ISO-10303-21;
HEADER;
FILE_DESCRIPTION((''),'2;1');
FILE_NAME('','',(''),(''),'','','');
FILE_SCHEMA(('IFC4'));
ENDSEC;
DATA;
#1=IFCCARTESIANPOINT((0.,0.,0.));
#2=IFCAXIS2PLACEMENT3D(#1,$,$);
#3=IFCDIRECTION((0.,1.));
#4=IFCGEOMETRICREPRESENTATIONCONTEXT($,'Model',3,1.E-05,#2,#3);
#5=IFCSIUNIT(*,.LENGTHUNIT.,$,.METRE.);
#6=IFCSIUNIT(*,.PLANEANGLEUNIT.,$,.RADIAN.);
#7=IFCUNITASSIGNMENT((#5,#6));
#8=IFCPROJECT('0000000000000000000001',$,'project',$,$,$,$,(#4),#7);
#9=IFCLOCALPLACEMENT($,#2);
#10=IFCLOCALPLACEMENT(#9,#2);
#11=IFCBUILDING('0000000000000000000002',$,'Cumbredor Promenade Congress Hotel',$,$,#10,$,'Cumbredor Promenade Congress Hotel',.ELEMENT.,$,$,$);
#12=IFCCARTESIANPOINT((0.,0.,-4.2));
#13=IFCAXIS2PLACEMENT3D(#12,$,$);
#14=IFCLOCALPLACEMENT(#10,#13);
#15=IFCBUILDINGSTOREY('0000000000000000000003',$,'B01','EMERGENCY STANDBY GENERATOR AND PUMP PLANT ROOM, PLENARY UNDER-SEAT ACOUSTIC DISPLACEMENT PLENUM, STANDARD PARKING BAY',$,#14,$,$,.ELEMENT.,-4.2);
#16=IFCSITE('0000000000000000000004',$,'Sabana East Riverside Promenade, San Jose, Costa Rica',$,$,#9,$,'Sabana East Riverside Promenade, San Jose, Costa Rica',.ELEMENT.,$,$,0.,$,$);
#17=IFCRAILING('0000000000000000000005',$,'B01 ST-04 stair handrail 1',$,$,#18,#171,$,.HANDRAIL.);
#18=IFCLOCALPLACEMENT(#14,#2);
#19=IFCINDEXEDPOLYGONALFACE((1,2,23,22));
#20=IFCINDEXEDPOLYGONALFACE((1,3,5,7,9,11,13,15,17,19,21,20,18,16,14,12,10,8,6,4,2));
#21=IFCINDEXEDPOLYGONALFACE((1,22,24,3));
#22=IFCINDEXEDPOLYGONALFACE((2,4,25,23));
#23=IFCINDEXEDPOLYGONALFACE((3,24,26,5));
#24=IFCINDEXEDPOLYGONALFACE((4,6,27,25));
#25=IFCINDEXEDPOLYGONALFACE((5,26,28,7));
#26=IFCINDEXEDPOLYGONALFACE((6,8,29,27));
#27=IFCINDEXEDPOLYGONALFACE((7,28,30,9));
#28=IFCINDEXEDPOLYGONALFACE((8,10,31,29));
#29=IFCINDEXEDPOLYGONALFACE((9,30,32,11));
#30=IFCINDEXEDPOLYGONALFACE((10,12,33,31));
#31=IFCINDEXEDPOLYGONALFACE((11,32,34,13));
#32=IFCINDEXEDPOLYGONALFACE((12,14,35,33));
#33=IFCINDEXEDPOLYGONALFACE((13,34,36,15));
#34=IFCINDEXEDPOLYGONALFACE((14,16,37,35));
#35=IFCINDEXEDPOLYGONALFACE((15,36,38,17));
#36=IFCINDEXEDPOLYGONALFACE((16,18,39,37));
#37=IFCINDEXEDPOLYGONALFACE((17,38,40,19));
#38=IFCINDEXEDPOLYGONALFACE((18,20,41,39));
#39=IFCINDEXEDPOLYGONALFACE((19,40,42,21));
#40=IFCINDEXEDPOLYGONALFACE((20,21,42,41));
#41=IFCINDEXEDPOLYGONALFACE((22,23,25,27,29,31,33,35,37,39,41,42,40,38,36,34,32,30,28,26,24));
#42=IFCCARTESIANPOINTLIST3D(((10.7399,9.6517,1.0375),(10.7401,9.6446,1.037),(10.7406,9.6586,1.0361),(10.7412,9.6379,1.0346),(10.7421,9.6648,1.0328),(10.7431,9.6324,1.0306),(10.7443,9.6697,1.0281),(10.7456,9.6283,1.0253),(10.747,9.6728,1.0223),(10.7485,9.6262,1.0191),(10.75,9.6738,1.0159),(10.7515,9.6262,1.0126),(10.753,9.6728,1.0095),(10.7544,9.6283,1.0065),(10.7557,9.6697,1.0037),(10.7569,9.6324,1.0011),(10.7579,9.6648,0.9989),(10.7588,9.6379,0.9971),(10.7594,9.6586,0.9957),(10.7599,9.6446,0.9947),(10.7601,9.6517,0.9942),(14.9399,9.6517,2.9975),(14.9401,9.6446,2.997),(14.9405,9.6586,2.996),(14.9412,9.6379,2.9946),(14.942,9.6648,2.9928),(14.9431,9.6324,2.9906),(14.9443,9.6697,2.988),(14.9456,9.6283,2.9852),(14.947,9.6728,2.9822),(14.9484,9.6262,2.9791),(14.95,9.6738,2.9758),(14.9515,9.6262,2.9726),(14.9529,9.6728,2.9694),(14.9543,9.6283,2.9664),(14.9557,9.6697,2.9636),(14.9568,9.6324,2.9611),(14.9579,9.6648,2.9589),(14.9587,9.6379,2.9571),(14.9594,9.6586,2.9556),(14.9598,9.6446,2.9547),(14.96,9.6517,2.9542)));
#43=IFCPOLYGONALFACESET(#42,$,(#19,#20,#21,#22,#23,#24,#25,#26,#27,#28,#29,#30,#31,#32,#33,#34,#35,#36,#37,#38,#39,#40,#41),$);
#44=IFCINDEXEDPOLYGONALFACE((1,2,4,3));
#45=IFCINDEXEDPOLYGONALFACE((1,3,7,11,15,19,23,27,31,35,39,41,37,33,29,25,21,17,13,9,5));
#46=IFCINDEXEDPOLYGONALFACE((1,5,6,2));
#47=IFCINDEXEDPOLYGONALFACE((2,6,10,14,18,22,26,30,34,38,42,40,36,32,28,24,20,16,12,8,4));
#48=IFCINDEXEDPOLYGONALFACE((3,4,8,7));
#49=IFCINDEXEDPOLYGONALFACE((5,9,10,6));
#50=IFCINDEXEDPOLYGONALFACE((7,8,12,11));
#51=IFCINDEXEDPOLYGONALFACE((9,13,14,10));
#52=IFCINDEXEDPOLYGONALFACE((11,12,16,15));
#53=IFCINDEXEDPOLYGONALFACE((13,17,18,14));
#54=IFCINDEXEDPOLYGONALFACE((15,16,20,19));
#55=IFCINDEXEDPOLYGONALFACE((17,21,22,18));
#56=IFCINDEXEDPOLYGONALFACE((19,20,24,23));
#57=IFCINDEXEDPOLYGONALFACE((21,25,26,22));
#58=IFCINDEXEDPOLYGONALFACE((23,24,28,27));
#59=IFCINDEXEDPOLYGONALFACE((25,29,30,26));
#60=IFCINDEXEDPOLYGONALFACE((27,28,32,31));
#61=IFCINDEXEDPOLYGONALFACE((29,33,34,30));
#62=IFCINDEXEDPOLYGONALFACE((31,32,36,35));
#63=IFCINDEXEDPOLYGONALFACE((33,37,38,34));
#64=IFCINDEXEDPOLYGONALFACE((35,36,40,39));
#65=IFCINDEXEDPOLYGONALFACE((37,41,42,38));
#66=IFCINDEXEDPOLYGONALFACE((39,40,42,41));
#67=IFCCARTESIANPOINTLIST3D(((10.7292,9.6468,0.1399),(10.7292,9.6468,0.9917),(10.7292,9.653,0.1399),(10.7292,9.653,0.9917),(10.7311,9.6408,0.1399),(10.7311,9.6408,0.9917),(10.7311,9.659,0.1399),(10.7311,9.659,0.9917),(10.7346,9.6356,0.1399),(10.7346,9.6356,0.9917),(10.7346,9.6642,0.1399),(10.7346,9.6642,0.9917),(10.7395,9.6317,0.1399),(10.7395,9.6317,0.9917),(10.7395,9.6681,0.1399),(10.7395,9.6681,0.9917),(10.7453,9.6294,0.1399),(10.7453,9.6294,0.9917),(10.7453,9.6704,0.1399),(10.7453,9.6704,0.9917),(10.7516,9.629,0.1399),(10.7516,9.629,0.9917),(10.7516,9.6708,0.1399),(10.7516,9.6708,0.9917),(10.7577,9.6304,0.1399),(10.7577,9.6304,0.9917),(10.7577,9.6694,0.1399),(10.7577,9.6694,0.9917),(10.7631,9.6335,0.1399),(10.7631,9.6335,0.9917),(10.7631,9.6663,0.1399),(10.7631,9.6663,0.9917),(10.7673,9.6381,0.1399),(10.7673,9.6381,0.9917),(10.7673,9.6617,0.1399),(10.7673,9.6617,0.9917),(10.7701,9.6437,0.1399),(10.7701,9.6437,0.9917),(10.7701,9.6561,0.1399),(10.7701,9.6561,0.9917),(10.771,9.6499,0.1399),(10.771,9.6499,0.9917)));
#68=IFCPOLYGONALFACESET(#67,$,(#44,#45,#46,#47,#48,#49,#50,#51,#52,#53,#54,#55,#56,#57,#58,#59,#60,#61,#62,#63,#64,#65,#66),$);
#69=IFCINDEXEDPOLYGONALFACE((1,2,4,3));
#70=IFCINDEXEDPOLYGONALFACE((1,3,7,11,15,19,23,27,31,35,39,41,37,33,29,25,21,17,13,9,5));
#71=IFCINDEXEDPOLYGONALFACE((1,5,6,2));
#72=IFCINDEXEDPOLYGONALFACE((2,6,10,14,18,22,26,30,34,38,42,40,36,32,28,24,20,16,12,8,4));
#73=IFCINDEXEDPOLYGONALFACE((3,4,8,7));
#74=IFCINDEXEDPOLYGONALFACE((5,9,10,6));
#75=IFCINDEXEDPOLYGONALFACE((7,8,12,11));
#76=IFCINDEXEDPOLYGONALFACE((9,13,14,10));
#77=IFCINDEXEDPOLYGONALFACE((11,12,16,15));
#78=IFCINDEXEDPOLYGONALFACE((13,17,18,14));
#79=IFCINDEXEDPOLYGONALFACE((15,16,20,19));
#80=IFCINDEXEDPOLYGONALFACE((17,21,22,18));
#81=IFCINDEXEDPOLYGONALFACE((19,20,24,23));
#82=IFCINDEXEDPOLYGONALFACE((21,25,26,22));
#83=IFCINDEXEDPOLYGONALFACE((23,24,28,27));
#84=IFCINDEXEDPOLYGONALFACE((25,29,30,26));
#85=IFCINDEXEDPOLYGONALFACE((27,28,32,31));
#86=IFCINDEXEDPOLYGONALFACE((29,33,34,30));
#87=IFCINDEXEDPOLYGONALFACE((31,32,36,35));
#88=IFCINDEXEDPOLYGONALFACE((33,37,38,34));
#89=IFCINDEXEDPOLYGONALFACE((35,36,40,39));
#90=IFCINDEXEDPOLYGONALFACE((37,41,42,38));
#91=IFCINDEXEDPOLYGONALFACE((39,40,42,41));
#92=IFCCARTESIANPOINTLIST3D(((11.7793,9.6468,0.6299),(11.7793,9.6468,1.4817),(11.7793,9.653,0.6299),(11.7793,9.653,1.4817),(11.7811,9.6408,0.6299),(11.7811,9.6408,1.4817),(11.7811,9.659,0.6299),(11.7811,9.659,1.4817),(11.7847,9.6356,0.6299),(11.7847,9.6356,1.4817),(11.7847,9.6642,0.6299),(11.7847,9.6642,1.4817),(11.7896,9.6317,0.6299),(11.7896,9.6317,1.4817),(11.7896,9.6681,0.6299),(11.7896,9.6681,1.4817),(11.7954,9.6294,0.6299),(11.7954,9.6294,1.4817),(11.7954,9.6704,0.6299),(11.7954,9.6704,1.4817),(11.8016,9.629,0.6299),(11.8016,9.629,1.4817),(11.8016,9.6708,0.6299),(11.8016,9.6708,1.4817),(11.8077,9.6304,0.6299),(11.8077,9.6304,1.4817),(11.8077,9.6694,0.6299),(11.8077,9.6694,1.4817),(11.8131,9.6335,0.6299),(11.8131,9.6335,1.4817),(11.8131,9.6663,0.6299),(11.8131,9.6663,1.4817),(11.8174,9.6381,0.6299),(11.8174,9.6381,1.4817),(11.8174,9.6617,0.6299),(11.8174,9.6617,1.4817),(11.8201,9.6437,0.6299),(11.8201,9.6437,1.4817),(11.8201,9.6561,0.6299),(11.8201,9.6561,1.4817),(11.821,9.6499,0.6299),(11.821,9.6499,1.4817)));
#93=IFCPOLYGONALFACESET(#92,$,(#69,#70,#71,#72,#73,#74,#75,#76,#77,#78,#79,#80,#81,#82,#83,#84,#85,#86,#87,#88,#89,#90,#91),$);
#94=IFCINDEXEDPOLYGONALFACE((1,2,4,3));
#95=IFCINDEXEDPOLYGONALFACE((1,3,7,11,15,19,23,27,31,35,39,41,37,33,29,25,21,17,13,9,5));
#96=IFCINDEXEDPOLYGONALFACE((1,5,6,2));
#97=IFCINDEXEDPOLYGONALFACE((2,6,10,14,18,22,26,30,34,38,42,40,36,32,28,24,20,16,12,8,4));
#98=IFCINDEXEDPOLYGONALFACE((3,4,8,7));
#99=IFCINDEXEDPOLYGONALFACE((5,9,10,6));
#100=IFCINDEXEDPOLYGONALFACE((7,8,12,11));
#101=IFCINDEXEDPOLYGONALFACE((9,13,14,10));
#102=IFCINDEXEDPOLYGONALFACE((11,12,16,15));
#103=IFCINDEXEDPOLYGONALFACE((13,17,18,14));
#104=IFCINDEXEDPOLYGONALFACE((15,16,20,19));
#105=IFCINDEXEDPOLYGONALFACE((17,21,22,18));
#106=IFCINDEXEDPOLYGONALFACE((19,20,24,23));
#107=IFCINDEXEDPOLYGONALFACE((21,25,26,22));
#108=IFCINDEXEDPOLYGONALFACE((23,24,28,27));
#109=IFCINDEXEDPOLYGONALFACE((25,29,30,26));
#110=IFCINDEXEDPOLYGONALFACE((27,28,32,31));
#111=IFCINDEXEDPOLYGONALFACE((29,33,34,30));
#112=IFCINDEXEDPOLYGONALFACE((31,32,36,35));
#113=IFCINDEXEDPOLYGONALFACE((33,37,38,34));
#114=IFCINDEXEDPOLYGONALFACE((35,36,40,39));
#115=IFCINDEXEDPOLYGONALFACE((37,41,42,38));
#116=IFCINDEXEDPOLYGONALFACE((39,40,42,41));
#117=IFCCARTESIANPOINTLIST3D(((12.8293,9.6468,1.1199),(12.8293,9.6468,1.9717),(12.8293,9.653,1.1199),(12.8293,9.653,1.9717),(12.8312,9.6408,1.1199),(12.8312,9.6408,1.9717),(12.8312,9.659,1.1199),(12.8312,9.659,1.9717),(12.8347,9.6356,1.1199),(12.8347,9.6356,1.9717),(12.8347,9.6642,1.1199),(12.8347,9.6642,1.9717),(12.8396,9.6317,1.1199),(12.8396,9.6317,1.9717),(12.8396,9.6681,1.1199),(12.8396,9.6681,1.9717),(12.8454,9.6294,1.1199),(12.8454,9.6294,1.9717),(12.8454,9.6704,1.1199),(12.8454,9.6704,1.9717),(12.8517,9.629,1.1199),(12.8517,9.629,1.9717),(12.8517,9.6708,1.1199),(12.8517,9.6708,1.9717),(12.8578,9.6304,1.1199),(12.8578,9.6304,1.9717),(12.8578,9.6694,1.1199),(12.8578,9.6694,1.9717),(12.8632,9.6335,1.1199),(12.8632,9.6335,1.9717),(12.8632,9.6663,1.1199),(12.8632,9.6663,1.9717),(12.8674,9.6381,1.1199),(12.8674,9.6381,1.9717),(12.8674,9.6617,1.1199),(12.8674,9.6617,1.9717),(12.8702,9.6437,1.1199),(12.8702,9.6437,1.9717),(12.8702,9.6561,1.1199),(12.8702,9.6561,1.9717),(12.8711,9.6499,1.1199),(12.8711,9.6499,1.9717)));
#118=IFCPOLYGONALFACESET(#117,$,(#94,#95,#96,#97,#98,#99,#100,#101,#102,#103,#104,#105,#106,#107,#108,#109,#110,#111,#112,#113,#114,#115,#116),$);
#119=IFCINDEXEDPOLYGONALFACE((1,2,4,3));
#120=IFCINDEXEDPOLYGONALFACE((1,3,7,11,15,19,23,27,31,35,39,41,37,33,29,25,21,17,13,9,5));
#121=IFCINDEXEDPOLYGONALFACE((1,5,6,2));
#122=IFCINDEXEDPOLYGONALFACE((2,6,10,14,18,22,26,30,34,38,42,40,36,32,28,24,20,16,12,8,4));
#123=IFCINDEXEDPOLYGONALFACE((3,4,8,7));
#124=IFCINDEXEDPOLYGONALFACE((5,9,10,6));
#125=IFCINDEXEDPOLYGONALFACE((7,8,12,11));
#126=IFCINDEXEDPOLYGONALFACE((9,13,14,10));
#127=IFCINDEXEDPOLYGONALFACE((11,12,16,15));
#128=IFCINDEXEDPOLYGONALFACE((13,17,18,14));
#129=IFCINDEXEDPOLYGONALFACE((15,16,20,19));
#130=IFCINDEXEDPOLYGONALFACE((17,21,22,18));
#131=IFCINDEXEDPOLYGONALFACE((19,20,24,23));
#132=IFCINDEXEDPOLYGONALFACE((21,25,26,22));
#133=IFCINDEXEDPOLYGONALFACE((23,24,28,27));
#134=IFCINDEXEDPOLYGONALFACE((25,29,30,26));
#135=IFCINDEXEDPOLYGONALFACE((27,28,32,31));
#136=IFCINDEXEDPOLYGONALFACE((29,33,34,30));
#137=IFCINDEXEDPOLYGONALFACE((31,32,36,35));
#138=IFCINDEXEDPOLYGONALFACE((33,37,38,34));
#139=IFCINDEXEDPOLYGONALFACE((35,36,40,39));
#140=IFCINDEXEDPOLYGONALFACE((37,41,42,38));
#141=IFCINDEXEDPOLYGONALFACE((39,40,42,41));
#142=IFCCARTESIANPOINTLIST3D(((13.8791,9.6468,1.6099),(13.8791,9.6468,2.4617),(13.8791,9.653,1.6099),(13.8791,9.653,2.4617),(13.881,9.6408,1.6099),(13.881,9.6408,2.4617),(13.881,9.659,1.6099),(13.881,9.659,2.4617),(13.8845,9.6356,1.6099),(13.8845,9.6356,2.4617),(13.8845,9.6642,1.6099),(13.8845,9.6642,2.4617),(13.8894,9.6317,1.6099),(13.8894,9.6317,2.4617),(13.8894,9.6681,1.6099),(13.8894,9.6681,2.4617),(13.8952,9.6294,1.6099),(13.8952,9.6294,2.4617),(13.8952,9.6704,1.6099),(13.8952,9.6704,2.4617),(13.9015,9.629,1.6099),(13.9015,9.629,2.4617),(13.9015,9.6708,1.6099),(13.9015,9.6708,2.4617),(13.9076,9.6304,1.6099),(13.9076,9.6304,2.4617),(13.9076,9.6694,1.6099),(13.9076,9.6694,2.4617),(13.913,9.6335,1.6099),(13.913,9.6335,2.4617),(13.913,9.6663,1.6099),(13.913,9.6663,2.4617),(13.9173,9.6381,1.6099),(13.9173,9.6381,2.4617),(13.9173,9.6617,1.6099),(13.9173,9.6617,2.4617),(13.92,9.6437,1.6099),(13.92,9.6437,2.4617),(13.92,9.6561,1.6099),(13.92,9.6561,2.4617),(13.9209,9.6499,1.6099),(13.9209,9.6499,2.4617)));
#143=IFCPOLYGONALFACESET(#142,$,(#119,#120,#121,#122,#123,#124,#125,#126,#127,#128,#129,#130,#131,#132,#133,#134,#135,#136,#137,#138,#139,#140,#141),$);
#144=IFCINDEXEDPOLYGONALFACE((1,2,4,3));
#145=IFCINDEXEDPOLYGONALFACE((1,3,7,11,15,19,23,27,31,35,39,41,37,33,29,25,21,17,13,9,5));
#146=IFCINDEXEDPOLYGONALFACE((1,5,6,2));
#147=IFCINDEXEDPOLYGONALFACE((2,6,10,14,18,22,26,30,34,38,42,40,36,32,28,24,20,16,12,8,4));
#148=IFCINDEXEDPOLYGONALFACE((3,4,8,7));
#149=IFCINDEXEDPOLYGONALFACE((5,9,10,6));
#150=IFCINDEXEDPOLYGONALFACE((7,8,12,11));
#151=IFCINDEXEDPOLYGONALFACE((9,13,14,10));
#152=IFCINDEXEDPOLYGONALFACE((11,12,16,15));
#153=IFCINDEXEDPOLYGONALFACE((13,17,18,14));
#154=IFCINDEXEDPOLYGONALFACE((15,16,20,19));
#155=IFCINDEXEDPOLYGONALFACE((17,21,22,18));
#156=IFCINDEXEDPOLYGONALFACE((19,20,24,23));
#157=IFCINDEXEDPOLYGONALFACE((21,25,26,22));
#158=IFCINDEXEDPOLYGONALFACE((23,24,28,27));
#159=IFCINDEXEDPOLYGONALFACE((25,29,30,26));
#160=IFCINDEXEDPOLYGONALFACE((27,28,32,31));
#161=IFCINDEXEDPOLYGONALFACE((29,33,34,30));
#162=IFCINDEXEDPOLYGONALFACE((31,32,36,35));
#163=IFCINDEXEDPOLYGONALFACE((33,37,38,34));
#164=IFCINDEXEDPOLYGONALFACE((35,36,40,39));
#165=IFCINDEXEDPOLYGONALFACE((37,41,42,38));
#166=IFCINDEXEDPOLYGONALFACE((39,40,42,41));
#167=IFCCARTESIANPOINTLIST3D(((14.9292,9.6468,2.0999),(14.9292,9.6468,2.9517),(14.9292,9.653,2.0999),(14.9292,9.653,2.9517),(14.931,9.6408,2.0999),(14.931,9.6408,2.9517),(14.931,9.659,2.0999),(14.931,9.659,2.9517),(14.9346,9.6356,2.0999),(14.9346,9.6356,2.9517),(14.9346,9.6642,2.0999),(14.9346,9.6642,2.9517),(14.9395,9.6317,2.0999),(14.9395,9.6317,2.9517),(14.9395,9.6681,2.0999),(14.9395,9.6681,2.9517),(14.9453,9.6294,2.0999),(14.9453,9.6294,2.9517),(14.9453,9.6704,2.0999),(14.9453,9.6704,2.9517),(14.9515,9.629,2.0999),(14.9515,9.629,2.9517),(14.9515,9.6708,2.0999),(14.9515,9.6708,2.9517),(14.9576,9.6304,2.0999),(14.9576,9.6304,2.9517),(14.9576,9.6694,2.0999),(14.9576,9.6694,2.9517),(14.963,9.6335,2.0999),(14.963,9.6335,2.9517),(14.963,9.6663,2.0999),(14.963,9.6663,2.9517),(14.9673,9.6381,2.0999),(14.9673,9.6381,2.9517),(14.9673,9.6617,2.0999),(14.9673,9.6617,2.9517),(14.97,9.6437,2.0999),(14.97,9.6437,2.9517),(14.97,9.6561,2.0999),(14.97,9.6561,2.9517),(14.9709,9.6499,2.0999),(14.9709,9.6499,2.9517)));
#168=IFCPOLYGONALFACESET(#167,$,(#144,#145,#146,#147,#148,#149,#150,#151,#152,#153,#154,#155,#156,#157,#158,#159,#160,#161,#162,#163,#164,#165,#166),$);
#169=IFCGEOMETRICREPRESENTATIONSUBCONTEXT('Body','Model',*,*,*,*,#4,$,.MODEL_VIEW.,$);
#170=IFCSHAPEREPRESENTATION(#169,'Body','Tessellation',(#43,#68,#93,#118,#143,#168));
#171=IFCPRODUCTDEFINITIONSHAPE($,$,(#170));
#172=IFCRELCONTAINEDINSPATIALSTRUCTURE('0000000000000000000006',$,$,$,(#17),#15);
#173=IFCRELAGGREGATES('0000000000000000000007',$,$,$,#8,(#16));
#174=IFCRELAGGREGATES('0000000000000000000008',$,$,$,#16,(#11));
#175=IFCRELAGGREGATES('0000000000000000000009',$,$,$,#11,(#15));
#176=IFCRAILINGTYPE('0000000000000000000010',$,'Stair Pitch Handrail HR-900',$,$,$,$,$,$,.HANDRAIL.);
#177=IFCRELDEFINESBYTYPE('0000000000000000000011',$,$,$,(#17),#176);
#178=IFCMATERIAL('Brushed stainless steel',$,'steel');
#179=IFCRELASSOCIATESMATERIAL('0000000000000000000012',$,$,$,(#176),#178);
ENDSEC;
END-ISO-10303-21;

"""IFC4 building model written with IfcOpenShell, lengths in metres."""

from ifc_helpers import new_model, si_unit, direction, frame, origin, origin_2d, place, context, subcontext, project, spatial, circle, extrude, material, type_object, element, save


model = new_model("IFC4")

# Units and contexts
model_context = context("Model", 3, precision=1e-05, world=origin(), true_north=direction((0.0, 1.0)))
body_context = subcontext(model_context, "Body", "Model", "MODEL_VIEW")
ifc_project = project(units=[si_unit("LENGTHUNIT", "METRE"), si_unit("PLANEANGLEUNIT", "RADIAN")], contexts=[model_context])

# Site, building, storey
site_placement = place(None, origin())
site = spatial("IfcSite", under=ifc_project, at=site_placement, Name="Sabana East Riverside Promenade, San Jose, Costa Rica", LongName="Sabana East Riverside Promenade, San Jose, Costa Rica", CompositionType="ELEMENT", RefElevation=0.0)
building_placement = place(site_placement, origin())
building = spatial("IfcBuilding", under=site, at=building_placement, Name="Cumbredor Promenade Congress Hotel", LongName="Cumbredor Promenade Congress Hotel", CompositionType="ELEMENT")
storey_placement = place(building_placement, frame((0.0, 0.0, -4.2)))
storey = spatial("IfcBuildingStorey", under=building, at=storey_placement, Name="B01", Description="EMERGENCY STANDBY GENERATOR AND PUMP PLANT ROOM, PLENARY UNDER-SEAT ACOUSTIC DISPLACEMENT PLENUM, STANDARD PARKING BAY", CompositionType="ELEMENT", Elevation=-4.2)

# Railing
ifc_material_1 = material(Name="Brushed stainless steel", Category="steel")
railing_type_1 = type_object("IfcRailingType", Name="Stair Pitch Handrail HR-900", PredefinedType="HANDRAIL", material=ifc_material_1)
railing_1_placement = place(storey_placement, frame((10.75, 9.6499, 0.1399)))
element("IfcRailing", 1, at=railing_1_placement, inside=storey, type_object=railing_type_1, Name="B01 ST-04 stair handrail 1", PredefinedType="HANDRAIL", context=body_context, shape_type="SweptSolid", body=[
    extrude(circle(Radius=0.0239, at=origin_2d()), frame((0.0, 0.0, 0.876), z_axis=(0.906184, 0.0, 0.422883), x_axis=(0.0, 1.0, 0.0)), (0.0, 0.0, 1.0), 4.6348),
    extrude(circle(Radius=0.021, at=origin_2d()), origin(), (0.0, 0.0, 1.0), 0.8518),
    extrude(circle(Radius=0.021, at=origin_2d()), frame((1.05, 0.0, 0.49)), (0.0, 0.0, 1.0), 0.8518),
    extrude(circle(Radius=0.021, at=origin_2d()), frame((2.1001, 0.0, 0.98)), (0.0, 0.0, 1.0), 0.8518),
    extrude(circle(Radius=0.021, at=origin_2d()), frame((3.1499, 0.0, 1.47)), (0.0, 0.0, 1.0), 0.8518),
    extrude(circle(Radius=0.021, at=origin_2d()), frame((4.2, 0.0, 1.96)), (0.0, 0.0, 1.0), 0.8518),
])

save(model, "model.ifc")
